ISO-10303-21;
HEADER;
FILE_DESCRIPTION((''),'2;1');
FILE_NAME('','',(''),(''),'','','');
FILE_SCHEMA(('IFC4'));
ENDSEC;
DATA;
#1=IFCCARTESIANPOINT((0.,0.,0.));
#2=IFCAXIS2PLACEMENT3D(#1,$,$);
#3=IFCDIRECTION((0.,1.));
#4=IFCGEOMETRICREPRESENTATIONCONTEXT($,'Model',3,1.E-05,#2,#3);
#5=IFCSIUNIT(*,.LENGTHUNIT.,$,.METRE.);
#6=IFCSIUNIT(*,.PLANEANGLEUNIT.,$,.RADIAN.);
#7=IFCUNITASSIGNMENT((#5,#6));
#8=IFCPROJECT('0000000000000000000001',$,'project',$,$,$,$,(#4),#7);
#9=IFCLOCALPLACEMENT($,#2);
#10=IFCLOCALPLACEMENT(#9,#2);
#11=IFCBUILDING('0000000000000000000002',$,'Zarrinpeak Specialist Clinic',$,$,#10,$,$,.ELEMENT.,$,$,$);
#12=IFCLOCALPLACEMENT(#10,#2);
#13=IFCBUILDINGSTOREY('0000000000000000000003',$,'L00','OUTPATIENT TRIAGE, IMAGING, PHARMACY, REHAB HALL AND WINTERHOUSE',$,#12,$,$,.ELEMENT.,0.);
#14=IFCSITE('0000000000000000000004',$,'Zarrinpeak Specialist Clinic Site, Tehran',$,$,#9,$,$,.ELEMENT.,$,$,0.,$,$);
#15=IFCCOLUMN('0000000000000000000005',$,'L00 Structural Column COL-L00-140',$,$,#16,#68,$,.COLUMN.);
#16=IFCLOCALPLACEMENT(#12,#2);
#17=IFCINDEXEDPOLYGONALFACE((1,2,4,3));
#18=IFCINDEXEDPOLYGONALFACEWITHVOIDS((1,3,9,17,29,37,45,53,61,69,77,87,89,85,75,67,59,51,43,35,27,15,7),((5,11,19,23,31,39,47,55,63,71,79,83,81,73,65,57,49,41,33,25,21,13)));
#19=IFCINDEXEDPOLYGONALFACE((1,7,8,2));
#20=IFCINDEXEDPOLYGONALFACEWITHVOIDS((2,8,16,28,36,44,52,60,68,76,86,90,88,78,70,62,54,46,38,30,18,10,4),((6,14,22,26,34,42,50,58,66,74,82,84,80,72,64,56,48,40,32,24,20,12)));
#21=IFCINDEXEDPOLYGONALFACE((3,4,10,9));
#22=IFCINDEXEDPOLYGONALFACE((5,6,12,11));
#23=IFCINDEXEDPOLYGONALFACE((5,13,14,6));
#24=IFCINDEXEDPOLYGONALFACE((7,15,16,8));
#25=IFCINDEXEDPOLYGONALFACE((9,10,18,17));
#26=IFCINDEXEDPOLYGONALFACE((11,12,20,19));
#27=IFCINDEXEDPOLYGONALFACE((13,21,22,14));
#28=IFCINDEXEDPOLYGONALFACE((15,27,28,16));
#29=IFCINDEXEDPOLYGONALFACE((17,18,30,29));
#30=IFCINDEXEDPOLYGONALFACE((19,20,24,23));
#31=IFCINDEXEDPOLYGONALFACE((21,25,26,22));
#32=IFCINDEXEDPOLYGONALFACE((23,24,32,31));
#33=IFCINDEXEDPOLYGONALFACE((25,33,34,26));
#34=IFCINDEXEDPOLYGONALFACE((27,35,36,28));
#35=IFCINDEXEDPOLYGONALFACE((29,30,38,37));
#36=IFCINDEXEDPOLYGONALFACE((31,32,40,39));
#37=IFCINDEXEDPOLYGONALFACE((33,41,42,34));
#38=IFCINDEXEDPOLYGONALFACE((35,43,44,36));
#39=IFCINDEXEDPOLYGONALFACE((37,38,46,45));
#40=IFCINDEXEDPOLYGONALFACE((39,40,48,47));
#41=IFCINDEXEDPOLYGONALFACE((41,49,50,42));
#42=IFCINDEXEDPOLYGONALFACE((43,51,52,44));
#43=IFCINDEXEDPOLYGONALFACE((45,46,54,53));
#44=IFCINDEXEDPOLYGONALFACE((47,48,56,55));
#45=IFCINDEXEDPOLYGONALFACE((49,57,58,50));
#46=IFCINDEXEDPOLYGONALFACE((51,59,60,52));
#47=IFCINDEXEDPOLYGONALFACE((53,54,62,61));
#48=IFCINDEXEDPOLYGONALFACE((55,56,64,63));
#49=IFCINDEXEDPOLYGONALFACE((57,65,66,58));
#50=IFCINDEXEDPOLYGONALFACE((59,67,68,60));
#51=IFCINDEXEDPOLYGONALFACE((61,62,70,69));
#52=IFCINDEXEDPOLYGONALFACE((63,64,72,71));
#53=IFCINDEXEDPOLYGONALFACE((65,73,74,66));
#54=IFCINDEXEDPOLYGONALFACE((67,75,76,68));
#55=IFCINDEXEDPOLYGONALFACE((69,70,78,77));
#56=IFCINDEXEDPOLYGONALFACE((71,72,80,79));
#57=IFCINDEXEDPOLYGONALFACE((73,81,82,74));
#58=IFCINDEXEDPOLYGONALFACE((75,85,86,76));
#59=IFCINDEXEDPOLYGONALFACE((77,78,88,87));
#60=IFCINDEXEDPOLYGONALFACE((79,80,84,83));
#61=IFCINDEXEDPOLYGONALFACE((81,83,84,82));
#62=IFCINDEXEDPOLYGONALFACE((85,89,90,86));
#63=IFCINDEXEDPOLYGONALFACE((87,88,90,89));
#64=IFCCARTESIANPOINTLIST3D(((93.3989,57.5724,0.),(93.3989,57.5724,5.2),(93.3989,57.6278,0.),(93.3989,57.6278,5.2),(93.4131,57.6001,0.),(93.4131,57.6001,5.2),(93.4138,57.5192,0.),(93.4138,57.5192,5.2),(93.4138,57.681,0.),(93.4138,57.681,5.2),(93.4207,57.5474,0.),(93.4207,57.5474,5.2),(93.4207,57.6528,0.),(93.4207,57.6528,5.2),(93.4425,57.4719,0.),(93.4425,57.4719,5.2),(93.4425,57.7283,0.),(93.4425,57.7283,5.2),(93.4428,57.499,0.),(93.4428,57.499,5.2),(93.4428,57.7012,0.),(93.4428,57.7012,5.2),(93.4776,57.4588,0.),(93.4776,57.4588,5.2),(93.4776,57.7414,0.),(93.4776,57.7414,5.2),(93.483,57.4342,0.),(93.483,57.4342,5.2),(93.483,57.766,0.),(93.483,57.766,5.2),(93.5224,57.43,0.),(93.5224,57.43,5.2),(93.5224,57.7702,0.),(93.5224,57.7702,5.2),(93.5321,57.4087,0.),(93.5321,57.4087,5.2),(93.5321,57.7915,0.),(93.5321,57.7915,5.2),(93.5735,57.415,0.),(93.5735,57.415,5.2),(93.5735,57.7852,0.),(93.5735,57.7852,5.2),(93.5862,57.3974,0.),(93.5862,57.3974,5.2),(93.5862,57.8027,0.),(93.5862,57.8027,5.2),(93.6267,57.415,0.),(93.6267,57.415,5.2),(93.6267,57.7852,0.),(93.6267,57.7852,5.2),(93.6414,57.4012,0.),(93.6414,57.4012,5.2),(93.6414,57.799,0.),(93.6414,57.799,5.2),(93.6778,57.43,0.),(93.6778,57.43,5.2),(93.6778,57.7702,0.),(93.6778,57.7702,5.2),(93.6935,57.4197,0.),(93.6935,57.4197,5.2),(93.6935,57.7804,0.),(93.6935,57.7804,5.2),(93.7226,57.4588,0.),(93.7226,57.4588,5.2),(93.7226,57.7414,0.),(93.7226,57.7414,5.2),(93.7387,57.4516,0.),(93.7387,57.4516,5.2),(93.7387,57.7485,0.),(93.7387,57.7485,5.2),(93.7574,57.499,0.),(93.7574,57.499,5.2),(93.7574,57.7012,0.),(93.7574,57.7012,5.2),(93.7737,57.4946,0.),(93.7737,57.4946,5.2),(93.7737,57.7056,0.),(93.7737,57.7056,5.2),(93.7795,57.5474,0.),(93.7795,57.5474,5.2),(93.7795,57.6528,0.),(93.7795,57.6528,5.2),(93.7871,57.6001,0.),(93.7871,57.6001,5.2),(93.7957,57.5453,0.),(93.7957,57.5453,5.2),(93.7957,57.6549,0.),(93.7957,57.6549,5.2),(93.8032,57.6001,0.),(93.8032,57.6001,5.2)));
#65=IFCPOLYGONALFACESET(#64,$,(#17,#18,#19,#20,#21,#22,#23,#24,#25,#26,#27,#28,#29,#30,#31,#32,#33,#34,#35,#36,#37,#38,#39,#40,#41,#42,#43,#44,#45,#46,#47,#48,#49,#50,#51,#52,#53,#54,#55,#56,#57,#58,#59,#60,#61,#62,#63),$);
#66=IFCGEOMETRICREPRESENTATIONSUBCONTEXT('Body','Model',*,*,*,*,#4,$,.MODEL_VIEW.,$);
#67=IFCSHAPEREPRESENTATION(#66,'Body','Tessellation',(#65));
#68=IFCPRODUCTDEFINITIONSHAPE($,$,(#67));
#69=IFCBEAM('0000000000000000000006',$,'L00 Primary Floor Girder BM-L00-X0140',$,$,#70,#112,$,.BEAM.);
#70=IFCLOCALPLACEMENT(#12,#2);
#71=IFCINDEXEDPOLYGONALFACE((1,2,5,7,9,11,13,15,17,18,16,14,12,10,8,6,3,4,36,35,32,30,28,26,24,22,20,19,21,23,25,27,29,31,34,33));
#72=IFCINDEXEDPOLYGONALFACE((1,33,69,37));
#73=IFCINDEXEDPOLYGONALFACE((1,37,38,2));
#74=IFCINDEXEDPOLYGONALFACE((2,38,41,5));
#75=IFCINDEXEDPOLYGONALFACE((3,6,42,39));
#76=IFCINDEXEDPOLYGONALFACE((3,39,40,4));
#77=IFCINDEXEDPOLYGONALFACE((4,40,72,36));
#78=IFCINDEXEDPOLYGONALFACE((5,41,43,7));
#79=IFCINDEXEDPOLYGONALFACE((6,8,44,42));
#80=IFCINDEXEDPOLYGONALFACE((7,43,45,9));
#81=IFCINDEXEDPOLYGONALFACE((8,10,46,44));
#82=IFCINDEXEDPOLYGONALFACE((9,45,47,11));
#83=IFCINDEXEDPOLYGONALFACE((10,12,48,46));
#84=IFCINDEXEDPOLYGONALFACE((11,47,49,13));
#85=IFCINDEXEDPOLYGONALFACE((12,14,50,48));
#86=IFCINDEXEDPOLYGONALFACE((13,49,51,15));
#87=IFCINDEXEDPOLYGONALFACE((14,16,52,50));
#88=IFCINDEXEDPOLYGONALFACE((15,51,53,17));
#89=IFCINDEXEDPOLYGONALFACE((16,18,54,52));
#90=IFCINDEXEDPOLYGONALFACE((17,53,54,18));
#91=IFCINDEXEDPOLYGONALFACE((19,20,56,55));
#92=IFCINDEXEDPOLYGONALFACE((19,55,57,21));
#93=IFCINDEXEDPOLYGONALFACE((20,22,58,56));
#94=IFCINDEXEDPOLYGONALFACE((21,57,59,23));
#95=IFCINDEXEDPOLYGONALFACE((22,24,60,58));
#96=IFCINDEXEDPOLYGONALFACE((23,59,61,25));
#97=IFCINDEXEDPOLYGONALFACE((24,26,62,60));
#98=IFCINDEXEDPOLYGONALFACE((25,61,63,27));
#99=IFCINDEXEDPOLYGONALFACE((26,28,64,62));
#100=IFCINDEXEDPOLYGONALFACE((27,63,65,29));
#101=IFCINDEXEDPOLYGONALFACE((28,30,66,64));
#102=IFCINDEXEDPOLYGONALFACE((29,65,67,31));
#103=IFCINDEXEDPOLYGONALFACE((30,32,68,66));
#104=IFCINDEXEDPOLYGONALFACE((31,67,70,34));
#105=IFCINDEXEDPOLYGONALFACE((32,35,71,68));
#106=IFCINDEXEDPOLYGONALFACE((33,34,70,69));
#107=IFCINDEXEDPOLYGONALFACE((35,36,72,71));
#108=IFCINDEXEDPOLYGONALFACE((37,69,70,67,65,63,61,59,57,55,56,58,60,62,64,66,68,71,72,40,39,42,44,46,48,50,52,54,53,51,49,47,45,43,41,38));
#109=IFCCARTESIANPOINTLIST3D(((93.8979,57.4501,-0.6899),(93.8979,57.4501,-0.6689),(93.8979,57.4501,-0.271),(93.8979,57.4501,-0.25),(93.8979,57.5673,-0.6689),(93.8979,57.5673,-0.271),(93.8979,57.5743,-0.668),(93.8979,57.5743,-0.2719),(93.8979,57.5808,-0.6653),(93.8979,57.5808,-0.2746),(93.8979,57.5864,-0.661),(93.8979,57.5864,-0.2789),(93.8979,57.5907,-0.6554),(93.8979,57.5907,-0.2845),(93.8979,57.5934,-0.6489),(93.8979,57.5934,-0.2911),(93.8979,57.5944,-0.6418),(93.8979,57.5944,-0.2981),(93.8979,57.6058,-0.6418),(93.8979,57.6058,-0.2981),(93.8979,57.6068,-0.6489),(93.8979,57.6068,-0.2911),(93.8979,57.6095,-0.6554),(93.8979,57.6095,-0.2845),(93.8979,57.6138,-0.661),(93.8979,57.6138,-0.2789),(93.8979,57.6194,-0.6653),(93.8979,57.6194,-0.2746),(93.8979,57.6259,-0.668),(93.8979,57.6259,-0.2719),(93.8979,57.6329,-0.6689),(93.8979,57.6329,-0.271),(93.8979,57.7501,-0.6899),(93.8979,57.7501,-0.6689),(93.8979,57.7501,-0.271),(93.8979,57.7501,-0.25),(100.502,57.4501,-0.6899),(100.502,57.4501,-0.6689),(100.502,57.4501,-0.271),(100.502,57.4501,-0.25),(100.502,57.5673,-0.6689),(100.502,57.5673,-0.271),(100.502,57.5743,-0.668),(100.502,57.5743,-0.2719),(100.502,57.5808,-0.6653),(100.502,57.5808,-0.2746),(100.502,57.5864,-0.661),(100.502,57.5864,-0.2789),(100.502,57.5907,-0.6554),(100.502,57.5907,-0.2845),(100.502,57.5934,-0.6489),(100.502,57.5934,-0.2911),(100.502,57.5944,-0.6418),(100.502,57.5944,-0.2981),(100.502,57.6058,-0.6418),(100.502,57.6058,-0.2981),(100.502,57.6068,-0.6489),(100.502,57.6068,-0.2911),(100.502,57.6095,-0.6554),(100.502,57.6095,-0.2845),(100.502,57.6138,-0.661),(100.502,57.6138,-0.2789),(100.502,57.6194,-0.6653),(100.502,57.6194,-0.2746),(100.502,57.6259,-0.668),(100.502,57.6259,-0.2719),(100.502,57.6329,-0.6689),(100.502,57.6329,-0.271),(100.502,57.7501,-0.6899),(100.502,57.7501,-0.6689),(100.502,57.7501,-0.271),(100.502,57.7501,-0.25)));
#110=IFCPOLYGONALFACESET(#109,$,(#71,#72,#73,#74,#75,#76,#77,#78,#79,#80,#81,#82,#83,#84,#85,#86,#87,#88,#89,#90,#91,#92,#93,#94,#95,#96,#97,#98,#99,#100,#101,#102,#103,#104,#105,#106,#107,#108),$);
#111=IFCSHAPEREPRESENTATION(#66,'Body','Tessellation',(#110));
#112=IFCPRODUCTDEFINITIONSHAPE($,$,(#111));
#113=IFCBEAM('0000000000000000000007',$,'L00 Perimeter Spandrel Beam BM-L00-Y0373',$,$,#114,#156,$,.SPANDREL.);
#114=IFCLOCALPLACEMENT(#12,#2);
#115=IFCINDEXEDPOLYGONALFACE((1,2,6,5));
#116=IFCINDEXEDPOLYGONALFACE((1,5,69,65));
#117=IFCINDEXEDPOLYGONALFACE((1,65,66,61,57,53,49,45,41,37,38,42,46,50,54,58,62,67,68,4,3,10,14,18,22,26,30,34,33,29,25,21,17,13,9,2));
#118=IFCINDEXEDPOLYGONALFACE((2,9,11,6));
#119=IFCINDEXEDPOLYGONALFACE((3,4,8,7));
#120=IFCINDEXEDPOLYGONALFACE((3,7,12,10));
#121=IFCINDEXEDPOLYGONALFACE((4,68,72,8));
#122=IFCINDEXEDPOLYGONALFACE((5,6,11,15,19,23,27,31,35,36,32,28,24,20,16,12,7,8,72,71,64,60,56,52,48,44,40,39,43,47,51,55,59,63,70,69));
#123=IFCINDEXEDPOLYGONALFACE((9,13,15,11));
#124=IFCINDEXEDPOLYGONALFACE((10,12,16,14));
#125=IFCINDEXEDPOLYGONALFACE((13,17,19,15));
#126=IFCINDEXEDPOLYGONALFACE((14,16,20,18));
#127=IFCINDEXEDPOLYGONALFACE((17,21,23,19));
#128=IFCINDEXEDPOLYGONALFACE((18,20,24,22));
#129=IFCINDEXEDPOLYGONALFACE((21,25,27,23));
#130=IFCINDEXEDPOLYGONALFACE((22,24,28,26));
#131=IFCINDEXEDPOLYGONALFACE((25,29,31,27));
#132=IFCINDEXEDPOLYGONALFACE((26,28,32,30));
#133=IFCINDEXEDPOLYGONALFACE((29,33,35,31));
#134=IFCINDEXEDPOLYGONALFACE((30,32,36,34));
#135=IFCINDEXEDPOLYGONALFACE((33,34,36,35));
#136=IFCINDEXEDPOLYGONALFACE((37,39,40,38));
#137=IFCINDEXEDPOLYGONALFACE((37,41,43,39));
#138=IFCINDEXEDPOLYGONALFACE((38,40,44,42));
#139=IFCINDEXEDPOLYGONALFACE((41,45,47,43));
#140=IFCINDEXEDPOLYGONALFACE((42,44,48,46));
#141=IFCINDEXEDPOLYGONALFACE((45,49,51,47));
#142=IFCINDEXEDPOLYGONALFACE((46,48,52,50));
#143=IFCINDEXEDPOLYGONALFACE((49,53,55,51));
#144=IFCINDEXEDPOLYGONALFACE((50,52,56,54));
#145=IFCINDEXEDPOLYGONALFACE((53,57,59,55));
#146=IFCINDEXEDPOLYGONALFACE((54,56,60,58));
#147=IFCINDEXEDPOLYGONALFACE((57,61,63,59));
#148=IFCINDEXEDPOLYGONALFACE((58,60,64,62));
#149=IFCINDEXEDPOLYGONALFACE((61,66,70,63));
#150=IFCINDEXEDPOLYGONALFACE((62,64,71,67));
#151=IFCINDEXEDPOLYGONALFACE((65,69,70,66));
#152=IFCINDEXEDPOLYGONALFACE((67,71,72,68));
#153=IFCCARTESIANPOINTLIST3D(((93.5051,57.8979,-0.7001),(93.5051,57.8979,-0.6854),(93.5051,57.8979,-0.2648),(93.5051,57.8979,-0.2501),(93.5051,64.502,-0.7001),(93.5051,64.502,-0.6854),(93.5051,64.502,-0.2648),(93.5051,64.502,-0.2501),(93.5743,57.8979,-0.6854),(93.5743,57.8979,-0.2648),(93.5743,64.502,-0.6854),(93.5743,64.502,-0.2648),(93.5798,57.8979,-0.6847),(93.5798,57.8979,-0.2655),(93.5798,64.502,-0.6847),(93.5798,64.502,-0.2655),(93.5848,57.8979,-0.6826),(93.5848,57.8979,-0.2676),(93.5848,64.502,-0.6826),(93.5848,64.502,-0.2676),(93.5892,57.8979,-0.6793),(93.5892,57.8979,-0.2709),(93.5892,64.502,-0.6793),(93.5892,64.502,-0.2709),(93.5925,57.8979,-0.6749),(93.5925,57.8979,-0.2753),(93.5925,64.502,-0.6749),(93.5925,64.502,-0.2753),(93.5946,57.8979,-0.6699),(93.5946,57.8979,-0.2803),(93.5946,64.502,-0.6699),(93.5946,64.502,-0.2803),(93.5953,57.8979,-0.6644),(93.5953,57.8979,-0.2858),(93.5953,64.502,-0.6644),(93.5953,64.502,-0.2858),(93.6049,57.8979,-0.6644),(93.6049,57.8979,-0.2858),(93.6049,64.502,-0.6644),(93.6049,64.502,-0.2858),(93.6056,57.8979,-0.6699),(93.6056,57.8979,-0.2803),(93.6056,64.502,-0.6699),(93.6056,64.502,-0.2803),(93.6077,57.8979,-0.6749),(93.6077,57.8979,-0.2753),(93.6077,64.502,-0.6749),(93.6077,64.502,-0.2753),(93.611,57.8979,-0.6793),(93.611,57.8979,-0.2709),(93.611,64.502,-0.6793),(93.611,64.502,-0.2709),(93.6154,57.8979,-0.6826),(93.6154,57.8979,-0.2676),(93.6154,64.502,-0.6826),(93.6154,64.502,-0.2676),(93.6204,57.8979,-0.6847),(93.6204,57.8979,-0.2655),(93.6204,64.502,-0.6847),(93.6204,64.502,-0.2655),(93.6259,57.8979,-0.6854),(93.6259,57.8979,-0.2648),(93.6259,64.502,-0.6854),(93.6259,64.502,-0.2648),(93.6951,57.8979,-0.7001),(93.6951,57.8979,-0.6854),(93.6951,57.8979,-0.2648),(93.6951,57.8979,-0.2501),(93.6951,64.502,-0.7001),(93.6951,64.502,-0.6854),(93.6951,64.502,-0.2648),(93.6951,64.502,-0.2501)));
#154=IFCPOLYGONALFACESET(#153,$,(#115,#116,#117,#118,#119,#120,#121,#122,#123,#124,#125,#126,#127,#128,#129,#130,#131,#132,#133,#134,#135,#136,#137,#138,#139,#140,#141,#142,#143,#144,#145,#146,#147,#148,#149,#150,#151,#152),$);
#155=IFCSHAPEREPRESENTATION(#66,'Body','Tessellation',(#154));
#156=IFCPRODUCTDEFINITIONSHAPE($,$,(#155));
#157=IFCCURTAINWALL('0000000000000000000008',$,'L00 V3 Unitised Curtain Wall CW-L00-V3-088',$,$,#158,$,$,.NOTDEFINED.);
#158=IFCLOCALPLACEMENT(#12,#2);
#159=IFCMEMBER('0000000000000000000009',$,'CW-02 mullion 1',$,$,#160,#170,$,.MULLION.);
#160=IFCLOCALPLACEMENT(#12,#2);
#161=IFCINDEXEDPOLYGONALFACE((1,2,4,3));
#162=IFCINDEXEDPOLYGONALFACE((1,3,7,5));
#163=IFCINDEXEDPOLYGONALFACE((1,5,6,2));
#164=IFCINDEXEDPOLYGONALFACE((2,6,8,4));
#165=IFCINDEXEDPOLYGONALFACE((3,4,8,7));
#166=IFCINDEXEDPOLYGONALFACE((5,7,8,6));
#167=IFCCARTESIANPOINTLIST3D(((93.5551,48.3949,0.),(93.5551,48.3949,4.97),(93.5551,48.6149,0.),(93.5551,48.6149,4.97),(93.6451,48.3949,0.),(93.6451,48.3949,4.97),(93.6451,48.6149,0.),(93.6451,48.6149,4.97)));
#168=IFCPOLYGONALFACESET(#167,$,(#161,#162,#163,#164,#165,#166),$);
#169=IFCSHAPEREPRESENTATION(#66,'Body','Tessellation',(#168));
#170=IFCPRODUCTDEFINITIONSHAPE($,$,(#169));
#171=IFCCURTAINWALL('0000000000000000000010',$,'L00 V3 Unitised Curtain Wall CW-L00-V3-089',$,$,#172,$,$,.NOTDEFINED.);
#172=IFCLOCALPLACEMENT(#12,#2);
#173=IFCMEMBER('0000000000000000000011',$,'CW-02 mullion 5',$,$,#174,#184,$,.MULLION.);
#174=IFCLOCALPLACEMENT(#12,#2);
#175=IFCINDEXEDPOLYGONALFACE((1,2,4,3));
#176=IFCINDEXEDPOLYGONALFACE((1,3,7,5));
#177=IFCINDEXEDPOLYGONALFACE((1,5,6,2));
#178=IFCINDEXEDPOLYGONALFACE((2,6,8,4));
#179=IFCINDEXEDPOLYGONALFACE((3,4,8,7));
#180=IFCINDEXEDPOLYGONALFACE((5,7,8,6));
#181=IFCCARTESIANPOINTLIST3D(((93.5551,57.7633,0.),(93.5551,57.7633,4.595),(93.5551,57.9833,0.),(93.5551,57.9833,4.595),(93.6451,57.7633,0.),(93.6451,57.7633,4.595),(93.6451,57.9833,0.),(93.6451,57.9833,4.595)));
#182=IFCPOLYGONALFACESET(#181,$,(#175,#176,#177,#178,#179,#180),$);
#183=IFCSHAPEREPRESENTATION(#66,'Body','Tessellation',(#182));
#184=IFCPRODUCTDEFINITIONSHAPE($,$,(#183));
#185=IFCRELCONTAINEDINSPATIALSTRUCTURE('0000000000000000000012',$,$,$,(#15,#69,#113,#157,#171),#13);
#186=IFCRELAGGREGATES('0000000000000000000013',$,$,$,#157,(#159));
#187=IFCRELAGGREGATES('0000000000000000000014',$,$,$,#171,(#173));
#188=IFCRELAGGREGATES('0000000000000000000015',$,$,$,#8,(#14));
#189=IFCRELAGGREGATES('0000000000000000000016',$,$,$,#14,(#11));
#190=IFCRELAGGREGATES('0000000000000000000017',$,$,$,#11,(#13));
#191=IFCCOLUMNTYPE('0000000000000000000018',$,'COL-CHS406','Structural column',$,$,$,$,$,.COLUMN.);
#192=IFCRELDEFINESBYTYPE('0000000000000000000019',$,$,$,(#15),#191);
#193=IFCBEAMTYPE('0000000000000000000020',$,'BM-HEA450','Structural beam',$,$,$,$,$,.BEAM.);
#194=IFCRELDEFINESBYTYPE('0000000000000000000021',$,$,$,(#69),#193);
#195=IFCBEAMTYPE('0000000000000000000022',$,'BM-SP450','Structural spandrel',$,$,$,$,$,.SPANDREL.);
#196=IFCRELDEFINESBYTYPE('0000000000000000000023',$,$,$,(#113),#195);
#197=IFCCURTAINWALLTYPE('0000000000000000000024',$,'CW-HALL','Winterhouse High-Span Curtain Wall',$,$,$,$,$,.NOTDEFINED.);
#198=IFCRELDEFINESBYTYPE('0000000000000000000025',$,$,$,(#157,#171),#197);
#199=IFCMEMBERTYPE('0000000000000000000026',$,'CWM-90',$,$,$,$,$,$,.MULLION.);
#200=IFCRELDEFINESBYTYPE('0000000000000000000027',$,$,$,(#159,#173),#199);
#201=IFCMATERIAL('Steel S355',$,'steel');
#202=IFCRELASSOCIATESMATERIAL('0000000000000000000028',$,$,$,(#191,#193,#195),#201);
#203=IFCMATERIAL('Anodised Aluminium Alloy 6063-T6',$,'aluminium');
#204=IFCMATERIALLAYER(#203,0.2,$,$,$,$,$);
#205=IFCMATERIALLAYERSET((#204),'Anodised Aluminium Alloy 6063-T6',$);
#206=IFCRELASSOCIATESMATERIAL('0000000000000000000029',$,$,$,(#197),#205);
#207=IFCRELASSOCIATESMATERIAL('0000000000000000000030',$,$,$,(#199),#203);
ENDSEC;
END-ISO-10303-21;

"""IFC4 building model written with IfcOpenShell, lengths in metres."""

from ifc_helpers import new_model, si_unit, direction, frame, origin, origin_2d, place, context, subcontext, project, spatial, rectangle, hollow_circle, i_section, extrude, material, layer, layer_set, material_profile, profile_set, type_object, element, aggregate, save


model = new_model("IFC4")

# Units and contexts
model_context = context("Model", 3, precision=1e-05, world=origin(), true_north=direction((0.0, 1.0)))
body_context = subcontext(model_context, "Body", "Model", "MODEL_VIEW")
ifc_project = project(units=[si_unit("LENGTHUNIT", "METRE"), si_unit("PLANEANGLEUNIT", "RADIAN")], contexts=[model_context])

# Site, building, storey
site_placement = place(None, origin())
site = spatial("IfcSite", under=ifc_project, at=site_placement, Name="Zarrinpeak Specialist Clinic Site, Tehran", CompositionType="ELEMENT", RefElevation=0.0)
building_placement = place(site_placement, origin())
building = spatial("IfcBuilding", under=site, at=building_placement, Name="Zarrinpeak Specialist Clinic", CompositionType="ELEMENT")
storey_placement = place(building_placement, origin())
storey = spatial("IfcBuildingStorey", under=building, at=storey_placement, Name="L00", Description="OUTPATIENT TRIAGE, IMAGING, PHARMACY, REHAB HALL AND WINTERHOUSE", CompositionType="ELEMENT", Elevation=0.0)

# Column
ifc_material_1 = material(Name="Steel S355", Category="steel")
ifc_material_profile_1 = material_profile(ifc_material_1, hollow_circle(Radius=0.2031, WallThickness=0.0161, at=origin_2d()), Name="CHS 406.4x16.0")
ifc_profile_set_1 = profile_set([ifc_material_profile_1], Name="Steel S355")
column_type = type_object("IfcColumnType", Name="COL-CHS406", Description="Structural column", PredefinedType="COLUMN", material=ifc_profile_set_1)
column_placement = place(storey_placement, frame((93.6001, 57.6001, 0.0), z_axis=(0.0, 0.0, 1.0), x_axis=(1.0, 0.0, 0.0)))
element("IfcColumn", 1, at=column_placement, inside=storey, type_object=column_type, Name="L00 Structural Column COL-L00-140", PredefinedType="COLUMN", context=body_context, shape_type="SweptSolid", body=[
    extrude(hollow_circle(Radius=0.2031, WallThickness=0.0161, at=origin_2d()), origin(), (0.0, 0.0, 1.0), 5.2),
])

# Beams
ifc_material_profile_2 = material_profile(ifc_material_1, i_section(OverallWidth=0.3, OverallDepth=0.4399, WebThickness=0.0115, FlangeThickness=0.021, FilletRadius=0.0271, at=origin_2d()), Name="HEA 450")
ifc_profile_set_2 = profile_set([ifc_material_profile_2], Name="Steel S355")
beam_type_1 = type_object("IfcBeamType", Name="BM-HEA450", Description="Structural beam", PredefinedType="BEAM", material=ifc_profile_set_2)
beam_1_placement = place(storey_placement, frame((93.8979, 57.6001, -0.47), z_axis=(1.0, 0.0, 0.0), x_axis=(0.0, 1.0, 0.0)))
element("IfcBeam", 2, at=beam_1_placement, inside=storey, type_object=beam_type_1, Name="L00 Primary Floor Girder BM-L00-X0140", PredefinedType="BEAM", context=body_context, shape_type="SweptSolid", body=[
    extrude(i_section(OverallWidth=0.3, OverallDepth=0.4399, WebThickness=0.0115, FlangeThickness=0.021, FilletRadius=0.0271, at=origin_2d()), origin(), (0.0, 0.0, 1.0), 6.604),
])
ifc_material_profile_3 = material_profile(ifc_material_1, i_section(OverallWidth=0.1899, OverallDepth=0.45, WebThickness=0.0095, FlangeThickness=0.0146, FilletRadius=0.021, at=origin_2d()), Name="IPE 450")
ifc_profile_set_3 = profile_set([ifc_material_profile_3], Name="Steel S355")
beam_type_2 = type_object("IfcBeamType", Name="BM-SP450", Description="Structural spandrel", PredefinedType="SPANDREL", material=ifc_profile_set_3)
beam_2_placement = place(storey_placement, frame((93.6001, 57.8979, -0.4751), z_axis=(0.0, 1.0, 0.0), x_axis=(-1.0, 0.0, 0.0)))
element("IfcBeam", 3, at=beam_2_placement, inside=storey, type_object=beam_type_2, Name="L00 Perimeter Spandrel Beam BM-L00-Y0373", PredefinedType="SPANDREL", context=body_context, shape_type="SweptSolid", body=[
    extrude(i_section(OverallWidth=0.1899, OverallDepth=0.45, WebThickness=0.0095, FlangeThickness=0.0146, FilletRadius=0.021, at=origin_2d()), origin(), (0.0, 0.0, 1.0), 6.604),
])

# Curtain walls, members
ifc_material_2 = material(Name="Anodised Aluminium Alloy 6063-T6", Category="aluminium")
ifc_layer_1 = layer(ifc_material_2, 0.2)
ifc_layer_set_1 = layer_set([ifc_layer_1], Name="Anodised Aluminium Alloy 6063-T6")
curtain_wall_type = type_object("IfcCurtainWallType", Name="CW-HALL", Description="Winterhouse High-Span Curtain Wall", PredefinedType="NOTDEFINED", material=ifc_layer_set_1)
curtain_wall_1_placement = place(storey_placement, origin())
curtain_wall_1 = element("IfcCurtainWall", 4, at=curtain_wall_1_placement, inside=storey, type_object=curtain_wall_type, Name="L00 V3 Unitised Curtain Wall CW-L00-V3-088", PredefinedType="NOTDEFINED")
ifc_material_profile_4 = material_profile(ifc_material_2, rectangle(XDim=0.0901, YDim=0.22, at=origin_2d()), Name="ALU 90x220")
ifc_profile_set_4 = profile_set([ifc_material_profile_4], Name="Anodised Aluminium Alloy 6063-T6")
member_type_1 = type_object("IfcMemberType", Name="CWM-90", PredefinedType="MULLION", material=ifc_profile_set_4)
member_1_placement = place(storey_placement, frame((93.6001, 48.5049, 0.0), z_axis=(0.0, 0.0, 1.0), x_axis=(1.0, 0.0, 0.0)))
member_1 = element("IfcMember", 5, at=member_1_placement, type_object=member_type_1, Name="CW-02 mullion 1", PredefinedType="MULLION", context=body_context, shape_type="SweptSolid", body=[
    extrude(rectangle(XDim=0.0901, YDim=0.22, at=origin_2d()), origin(), (0.0, 0.0, 1.0), 4.97),
])
curtain_wall_2_placement = place(storey_placement, origin())
curtain_wall_2 = element("IfcCurtainWall", 6, at=curtain_wall_2_placement, inside=storey, type_object=curtain_wall_type, Name="L00 V3 Unitised Curtain Wall CW-L00-V3-089", PredefinedType="NOTDEFINED")
member_2_placement = place(storey_placement, frame((93.6001, 57.8733, 0.0), z_axis=(0.0, 0.0, 1.0), x_axis=(1.0, 0.0, 0.0)))
member_2 = element("IfcMember", 7, at=member_2_placement, type_object=member_type_1, Name="CW-02 mullion 5", PredefinedType="MULLION", context=body_context, shape_type="SweptSolid", body=[
    extrude(rectangle(XDim=0.0901, YDim=0.22, at=origin_2d()), origin(), (0.0, 0.0, 1.0), 4.595),
])

aggregate(curtain_wall_1, [member_1])
aggregate(curtain_wall_2, [member_2])

save(model, "model.ifc")
